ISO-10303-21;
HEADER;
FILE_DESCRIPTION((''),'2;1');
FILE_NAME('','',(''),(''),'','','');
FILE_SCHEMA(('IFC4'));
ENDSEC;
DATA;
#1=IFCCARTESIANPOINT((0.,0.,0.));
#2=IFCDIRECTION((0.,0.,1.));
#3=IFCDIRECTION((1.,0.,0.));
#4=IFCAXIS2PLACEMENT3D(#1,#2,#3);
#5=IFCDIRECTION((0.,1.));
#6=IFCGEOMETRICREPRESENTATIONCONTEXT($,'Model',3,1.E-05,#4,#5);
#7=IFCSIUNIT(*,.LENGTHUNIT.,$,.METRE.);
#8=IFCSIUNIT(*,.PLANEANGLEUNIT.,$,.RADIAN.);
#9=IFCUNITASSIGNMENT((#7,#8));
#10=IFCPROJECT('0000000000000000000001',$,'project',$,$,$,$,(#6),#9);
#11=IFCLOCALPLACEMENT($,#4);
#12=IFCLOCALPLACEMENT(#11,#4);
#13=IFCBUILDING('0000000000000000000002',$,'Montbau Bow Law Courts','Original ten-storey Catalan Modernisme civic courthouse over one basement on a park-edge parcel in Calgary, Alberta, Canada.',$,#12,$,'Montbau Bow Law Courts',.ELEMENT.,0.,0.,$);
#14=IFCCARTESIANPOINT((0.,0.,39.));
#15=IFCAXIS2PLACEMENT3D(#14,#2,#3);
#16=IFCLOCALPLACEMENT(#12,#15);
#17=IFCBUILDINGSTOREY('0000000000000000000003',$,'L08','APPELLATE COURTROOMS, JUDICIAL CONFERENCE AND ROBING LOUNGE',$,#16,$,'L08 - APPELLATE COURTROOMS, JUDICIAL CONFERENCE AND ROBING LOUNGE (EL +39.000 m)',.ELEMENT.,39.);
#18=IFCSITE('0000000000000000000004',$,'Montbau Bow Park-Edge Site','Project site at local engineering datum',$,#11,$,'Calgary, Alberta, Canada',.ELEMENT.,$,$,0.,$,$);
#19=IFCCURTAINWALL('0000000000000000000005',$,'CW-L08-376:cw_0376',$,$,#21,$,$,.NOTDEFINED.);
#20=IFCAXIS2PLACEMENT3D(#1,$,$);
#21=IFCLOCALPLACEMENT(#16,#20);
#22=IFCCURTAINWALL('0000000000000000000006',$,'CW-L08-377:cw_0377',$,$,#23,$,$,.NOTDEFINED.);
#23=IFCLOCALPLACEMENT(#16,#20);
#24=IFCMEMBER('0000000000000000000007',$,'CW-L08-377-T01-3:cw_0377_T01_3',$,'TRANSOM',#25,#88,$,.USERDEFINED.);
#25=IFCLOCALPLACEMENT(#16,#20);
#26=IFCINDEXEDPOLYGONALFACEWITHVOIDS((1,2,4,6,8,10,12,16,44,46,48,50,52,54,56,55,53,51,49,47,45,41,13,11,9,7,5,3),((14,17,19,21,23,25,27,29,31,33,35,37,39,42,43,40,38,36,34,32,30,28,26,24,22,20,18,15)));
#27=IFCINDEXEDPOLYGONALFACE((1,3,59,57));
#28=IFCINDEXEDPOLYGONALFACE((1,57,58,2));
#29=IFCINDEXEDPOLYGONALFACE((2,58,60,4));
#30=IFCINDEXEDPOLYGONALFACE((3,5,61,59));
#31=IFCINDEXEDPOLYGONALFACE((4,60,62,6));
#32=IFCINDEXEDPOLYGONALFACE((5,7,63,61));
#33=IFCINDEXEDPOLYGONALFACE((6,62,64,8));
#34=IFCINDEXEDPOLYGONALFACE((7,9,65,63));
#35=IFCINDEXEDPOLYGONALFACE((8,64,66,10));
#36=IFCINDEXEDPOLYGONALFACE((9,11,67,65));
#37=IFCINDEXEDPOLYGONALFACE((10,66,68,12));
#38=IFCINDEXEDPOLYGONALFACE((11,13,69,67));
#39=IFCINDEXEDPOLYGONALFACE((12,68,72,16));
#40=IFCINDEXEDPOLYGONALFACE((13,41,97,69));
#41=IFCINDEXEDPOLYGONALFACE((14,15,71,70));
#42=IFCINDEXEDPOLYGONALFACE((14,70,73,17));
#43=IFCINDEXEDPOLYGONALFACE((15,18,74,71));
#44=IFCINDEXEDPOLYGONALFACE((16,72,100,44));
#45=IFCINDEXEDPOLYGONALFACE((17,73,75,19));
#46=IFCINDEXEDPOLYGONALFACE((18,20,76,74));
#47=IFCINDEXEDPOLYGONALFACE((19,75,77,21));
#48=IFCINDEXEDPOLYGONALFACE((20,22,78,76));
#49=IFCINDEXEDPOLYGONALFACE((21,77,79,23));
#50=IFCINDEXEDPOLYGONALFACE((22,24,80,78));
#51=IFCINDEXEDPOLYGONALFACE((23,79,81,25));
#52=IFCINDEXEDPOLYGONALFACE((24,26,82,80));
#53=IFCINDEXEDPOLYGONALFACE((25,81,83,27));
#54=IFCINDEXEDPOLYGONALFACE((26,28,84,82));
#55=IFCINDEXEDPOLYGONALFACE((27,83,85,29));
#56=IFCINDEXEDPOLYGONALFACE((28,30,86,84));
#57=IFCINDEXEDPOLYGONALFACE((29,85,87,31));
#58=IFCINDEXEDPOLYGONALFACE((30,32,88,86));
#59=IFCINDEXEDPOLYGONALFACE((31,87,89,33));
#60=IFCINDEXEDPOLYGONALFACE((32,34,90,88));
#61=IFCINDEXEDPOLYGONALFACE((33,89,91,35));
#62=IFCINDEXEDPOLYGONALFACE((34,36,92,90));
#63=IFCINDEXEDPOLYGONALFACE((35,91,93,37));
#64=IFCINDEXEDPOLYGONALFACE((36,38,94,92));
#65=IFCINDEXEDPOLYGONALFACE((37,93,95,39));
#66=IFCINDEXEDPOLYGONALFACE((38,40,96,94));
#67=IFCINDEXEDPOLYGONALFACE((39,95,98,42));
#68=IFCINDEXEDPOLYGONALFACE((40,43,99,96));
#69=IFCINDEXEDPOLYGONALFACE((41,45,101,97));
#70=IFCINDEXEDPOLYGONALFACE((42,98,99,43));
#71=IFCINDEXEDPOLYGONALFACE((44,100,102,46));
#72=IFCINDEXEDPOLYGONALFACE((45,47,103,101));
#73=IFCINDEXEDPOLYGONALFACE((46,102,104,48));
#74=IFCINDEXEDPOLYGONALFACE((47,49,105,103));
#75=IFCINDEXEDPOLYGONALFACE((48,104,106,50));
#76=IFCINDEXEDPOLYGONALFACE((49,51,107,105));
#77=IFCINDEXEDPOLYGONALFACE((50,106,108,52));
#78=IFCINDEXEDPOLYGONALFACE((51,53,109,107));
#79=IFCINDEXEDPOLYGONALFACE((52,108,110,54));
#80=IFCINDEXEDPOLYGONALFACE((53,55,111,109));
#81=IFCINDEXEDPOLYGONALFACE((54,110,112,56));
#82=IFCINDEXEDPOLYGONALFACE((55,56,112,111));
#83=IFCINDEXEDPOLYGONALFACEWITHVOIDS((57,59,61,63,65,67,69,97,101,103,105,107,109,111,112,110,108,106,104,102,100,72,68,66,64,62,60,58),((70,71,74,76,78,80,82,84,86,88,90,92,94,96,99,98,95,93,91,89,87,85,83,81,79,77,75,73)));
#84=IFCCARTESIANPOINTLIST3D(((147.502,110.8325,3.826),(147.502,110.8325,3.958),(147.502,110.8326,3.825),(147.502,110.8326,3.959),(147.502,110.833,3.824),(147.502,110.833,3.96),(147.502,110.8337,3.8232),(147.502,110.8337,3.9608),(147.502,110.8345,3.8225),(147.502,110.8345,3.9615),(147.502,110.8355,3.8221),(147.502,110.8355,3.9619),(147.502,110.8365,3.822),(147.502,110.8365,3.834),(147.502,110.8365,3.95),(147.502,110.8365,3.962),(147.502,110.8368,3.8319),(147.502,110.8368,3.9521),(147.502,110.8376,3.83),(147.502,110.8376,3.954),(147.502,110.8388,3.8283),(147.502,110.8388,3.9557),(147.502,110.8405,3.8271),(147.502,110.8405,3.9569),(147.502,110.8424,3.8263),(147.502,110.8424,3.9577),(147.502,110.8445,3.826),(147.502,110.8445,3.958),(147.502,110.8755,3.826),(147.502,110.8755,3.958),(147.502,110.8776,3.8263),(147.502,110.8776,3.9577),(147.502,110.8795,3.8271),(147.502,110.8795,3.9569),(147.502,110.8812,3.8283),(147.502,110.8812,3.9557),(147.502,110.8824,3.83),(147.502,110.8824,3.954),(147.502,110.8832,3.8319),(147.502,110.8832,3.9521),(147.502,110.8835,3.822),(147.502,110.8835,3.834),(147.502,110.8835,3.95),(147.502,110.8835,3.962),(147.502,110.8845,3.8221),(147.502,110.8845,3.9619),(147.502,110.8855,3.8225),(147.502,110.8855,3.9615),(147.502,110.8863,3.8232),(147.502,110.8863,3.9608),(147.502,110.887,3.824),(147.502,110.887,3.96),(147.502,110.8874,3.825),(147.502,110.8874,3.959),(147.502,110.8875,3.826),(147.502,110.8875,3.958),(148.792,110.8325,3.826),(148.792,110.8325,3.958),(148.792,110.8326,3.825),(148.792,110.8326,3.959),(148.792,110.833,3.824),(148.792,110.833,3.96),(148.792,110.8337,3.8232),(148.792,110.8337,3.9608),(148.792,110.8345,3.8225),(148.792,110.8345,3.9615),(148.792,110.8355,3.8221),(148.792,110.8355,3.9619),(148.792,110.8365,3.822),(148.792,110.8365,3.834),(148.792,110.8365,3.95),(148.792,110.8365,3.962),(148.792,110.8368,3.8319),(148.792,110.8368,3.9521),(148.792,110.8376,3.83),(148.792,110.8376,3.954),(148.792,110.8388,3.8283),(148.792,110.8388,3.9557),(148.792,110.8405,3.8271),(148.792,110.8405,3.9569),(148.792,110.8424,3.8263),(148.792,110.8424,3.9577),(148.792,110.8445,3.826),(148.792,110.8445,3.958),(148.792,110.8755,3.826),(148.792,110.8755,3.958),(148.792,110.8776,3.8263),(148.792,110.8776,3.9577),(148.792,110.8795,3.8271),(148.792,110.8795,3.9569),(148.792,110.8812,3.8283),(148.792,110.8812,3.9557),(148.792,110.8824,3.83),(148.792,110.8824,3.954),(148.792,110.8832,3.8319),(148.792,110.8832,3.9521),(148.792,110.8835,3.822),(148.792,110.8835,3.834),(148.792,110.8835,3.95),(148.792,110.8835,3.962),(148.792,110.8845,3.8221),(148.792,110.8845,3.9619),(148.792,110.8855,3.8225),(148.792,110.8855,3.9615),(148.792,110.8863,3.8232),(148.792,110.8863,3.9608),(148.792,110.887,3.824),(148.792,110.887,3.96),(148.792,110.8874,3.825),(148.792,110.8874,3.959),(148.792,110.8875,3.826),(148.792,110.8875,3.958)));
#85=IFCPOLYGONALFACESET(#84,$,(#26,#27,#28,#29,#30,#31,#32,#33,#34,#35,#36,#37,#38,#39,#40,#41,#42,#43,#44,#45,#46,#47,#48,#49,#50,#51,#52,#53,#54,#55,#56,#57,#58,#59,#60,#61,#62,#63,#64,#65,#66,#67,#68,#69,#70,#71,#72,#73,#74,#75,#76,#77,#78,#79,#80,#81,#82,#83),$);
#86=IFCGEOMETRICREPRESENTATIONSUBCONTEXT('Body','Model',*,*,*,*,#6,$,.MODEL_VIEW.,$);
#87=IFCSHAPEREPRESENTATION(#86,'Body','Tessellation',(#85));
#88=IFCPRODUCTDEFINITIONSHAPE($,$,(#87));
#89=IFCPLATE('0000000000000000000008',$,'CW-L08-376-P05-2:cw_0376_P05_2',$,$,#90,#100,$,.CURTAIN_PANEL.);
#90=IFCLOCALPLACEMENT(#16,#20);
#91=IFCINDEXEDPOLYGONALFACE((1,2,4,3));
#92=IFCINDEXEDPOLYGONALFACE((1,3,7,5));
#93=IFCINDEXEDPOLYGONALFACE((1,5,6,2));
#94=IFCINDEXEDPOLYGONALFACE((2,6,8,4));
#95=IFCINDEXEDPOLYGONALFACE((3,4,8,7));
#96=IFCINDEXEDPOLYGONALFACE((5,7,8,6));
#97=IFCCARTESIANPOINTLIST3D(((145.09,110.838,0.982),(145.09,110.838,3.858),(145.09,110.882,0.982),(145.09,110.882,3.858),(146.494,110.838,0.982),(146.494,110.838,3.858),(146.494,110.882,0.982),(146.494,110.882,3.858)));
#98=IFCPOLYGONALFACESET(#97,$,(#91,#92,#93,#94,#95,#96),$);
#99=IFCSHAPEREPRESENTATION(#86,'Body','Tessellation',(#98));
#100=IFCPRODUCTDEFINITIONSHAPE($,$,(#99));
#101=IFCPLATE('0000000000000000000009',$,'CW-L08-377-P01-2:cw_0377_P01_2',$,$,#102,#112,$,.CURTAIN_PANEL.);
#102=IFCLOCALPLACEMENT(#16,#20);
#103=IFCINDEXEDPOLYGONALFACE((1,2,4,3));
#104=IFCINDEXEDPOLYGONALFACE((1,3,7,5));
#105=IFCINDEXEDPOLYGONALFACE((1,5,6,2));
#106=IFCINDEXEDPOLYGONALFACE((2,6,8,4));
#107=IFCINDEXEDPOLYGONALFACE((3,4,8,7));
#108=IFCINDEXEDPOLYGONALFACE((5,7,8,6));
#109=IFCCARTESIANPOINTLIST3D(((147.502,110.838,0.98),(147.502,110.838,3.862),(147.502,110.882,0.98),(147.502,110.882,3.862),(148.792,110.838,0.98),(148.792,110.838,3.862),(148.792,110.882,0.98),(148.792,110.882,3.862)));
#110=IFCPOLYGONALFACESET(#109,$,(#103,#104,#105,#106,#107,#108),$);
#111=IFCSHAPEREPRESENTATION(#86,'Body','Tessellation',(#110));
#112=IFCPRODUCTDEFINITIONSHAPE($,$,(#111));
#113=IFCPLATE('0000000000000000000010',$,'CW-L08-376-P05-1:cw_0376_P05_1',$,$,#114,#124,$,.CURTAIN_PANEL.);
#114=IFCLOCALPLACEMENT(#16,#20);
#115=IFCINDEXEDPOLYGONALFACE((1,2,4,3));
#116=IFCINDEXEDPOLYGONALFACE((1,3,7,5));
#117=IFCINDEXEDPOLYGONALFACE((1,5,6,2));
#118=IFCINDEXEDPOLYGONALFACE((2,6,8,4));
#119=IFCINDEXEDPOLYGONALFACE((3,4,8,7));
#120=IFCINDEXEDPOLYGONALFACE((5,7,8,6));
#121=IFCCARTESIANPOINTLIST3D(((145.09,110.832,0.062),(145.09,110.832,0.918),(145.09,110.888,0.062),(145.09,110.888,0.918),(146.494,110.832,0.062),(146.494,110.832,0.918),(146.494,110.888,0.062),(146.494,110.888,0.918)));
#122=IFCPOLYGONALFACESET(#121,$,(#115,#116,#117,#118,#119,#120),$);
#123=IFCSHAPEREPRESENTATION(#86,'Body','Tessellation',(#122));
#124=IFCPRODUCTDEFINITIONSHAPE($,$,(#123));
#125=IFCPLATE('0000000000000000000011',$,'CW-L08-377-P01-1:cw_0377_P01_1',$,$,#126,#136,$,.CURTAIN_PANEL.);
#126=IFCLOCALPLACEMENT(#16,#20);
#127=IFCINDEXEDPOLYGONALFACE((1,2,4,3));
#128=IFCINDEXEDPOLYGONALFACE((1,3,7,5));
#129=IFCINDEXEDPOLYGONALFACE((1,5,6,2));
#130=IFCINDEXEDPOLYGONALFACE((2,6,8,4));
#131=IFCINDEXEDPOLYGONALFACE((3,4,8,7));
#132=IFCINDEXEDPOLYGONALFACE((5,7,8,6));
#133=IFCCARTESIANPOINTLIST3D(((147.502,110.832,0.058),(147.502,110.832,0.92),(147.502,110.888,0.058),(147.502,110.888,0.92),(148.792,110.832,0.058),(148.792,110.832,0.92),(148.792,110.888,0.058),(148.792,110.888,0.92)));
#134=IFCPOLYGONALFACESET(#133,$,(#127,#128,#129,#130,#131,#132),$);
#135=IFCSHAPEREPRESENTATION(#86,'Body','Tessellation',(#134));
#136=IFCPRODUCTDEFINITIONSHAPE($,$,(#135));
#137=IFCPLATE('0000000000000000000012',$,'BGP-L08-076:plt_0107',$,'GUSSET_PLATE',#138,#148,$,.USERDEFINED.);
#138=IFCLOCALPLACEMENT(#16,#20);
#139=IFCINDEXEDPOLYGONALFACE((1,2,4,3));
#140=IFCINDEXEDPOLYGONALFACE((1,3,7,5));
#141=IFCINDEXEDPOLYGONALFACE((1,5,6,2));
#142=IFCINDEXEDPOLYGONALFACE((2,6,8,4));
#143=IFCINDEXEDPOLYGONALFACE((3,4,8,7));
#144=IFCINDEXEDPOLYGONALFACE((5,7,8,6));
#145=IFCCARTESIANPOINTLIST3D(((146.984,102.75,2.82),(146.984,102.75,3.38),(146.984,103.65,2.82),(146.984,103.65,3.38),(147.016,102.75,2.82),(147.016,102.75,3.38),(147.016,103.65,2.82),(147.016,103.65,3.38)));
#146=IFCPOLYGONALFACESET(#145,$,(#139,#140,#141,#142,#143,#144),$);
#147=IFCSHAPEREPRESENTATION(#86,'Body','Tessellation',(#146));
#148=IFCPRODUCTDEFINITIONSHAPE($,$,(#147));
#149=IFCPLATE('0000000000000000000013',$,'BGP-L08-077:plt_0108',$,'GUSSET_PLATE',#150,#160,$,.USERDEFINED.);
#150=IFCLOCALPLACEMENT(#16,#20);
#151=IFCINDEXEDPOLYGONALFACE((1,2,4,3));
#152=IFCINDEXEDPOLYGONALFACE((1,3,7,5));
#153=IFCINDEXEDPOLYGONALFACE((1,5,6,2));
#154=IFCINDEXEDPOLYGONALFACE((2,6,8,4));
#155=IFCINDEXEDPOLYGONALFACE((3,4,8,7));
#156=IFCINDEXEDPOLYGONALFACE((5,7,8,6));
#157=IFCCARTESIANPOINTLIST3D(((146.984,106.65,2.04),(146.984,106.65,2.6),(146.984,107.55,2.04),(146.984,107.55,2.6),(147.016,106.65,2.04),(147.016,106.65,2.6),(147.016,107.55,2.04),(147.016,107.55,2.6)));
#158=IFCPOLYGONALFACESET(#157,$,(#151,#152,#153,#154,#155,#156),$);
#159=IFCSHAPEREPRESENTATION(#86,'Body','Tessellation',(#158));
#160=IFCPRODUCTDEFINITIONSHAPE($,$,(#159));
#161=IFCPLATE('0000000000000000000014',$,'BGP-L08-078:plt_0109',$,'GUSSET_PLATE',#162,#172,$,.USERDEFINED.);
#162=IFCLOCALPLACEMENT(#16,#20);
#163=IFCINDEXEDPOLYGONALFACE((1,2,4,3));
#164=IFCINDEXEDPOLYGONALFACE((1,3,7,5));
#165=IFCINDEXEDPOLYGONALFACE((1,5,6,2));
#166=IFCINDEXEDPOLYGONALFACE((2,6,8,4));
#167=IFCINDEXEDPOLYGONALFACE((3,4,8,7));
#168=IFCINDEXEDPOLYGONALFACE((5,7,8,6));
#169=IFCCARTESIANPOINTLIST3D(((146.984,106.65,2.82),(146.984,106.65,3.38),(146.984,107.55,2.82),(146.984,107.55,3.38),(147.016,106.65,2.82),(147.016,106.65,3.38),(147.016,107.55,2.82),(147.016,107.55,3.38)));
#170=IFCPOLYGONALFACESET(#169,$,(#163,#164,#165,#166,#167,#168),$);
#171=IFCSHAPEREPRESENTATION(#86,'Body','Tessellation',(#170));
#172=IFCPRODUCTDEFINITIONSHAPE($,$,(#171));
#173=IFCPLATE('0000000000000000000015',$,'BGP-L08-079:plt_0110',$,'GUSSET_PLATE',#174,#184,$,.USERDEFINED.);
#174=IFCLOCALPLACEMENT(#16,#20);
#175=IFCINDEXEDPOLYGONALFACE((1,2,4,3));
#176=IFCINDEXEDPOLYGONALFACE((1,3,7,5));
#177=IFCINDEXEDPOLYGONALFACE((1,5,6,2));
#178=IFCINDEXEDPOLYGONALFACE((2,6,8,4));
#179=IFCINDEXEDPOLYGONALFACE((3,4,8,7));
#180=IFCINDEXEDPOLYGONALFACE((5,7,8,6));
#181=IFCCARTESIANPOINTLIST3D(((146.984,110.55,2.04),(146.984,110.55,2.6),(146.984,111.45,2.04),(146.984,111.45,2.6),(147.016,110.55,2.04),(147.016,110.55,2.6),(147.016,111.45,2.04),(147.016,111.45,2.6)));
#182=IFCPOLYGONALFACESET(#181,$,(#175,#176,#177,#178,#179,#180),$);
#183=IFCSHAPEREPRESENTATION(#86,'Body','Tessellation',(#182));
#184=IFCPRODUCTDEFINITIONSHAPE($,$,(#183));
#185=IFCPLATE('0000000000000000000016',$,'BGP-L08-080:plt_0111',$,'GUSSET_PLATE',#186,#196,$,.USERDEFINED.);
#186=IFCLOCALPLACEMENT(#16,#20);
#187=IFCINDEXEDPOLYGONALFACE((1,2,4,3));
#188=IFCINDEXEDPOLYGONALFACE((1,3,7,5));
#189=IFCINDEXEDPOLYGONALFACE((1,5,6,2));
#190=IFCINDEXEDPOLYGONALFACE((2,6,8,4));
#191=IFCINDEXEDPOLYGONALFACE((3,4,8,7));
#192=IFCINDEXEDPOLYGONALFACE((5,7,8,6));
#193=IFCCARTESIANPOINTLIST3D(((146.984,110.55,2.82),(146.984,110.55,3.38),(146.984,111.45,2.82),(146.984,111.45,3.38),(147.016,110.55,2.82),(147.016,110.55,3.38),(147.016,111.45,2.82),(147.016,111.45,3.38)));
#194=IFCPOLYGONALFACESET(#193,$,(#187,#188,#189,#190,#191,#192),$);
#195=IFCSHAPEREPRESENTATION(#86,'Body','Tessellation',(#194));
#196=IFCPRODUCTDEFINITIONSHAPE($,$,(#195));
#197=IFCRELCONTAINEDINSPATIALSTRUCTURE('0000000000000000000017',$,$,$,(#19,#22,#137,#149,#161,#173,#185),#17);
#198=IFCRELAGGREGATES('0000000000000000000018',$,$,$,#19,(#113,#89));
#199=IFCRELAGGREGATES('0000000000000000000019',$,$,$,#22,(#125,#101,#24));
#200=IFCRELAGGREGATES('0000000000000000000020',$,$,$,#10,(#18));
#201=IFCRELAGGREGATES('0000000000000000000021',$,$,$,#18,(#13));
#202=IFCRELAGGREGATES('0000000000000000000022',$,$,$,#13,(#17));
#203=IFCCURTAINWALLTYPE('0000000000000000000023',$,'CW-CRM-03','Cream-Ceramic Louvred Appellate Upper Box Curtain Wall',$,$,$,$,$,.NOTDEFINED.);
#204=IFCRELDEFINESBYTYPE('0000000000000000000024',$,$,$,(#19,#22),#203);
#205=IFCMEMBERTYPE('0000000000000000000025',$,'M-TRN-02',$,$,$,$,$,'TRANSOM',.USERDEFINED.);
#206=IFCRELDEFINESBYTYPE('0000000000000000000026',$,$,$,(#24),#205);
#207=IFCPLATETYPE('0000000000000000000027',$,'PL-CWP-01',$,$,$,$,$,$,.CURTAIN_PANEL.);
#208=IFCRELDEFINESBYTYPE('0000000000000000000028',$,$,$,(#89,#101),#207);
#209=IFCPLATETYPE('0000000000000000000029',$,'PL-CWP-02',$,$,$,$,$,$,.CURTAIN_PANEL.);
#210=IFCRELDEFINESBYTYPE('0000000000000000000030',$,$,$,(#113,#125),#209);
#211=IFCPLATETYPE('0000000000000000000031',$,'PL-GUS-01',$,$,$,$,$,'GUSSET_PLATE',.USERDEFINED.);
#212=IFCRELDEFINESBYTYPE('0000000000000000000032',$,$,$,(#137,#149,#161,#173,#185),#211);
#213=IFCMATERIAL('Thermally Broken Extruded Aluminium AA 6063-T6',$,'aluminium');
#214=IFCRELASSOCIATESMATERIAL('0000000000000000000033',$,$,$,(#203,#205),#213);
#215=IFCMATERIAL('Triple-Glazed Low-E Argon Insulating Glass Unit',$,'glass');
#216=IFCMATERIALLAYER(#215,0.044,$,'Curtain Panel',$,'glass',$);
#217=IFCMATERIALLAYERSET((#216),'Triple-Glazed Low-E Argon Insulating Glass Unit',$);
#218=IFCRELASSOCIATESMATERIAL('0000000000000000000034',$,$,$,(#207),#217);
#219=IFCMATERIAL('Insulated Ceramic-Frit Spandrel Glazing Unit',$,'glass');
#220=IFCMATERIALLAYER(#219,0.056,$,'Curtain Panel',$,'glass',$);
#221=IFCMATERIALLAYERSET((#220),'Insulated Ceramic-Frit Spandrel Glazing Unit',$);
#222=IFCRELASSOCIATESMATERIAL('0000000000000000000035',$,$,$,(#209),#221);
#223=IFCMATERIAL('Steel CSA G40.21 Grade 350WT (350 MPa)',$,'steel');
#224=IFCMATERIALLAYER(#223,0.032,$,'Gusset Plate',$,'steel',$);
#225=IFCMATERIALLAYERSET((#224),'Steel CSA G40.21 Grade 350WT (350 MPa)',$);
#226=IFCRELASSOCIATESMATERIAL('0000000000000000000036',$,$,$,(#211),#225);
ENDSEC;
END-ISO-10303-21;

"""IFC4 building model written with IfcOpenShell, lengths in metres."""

from ifc_helpers import new_model, si_unit, direction, frame, frame_2d, origin_with_axes, origin_2d_with_axis, place, context, subcontext, project, spatial, rectangle, hollow_rectangle, extrude, material, layer, layer_set, material_profile, profile_set, type_object, element, aggregate, save


model = new_model("IFC4")

# Units and contexts
model_context = context("Model", 3, precision=1e-05, world=origin_with_axes(), true_north=direction((0.0, 1.0)))
body_context = subcontext(model_context, "Body", "Model", "MODEL_VIEW")
ifc_project = project(units=[si_unit("LENGTHUNIT", "METRE"), si_unit("PLANEANGLEUNIT", "RADIAN")], contexts=[model_context])

# Site, building, storey
site_placement = place(None, origin_with_axes())
site = spatial("IfcSite", under=ifc_project, at=site_placement, Name="Montbau Bow Park-Edge Site", Description="Project site at local engineering datum", LongName="Calgary, Alberta, Canada", CompositionType="ELEMENT", RefElevation=0.0)
building_placement = place(site_placement, origin_with_axes())
building = spatial("IfcBuilding", under=site, at=building_placement, Name="Montbau Bow Law Courts", Description="Original ten-storey Catalan Modernisme civic courthouse over one basement on a park-edge parcel in Calgary, Alberta, Canada.", LongName="Montbau Bow Law Courts", CompositionType="ELEMENT", ElevationOfRefHeight=0.0, ElevationOfTerrain=0.0)
storey_placement = place(building_placement, frame((0.0, 0.0, 39.0), z_axis=(0.0, 0.0, 1.0), x_axis=(1.0, 0.0, 0.0)))
storey = spatial("IfcBuildingStorey", under=building, at=storey_placement, Name="L08", Description="APPELLATE COURTROOMS, JUDICIAL CONFERENCE AND ROBING LOUNGE", LongName="L08 - APPELLATE COURTROOMS, JUDICIAL CONFERENCE AND ROBING LOUNGE (EL +39.000 m)", CompositionType="ELEMENT", Elevation=39.0)

# Shared definitions
ifc_material_1 = material(Name="Steel CSA G40.21 Grade 350WT (350 MPa)", Category="steel")

# Curtain wall
ifc_material_2 = material(Name="Thermally Broken Extruded Aluminium AA 6063-T6", Category="aluminium")
curtain_wall_type = type_object("IfcCurtainWallType", Name="CW-CRM-03", Description="Cream-Ceramic Louvred Appellate Upper Box Curtain Wall", PredefinedType="NOTDEFINED", material=ifc_material_2)
curtain_wall_1_placement = place(None, frame((139.04, 110.86, 39.0), z_axis=(0.0, 0.0, 1.0), x_axis=(1.0, 0.0, 0.0)))
curtain_wall_1 = element("IfcCurtainWall", 1, at=curtain_wall_1_placement, inside=storey, type_object=curtain_wall_type, Name="CW-L08-376:cw_0376", PredefinedType="NOTDEFINED")

# Curtain wall
curtain_wall_2_placement = place(None, frame((147.44, 110.86, 39.0), z_axis=(0.0, 0.0, 1.0), x_axis=(1.0, 0.0, 0.0)))
curtain_wall_2 = element("IfcCurtainWall", 2, at=curtain_wall_2_placement, inside=storey, type_object=curtain_wall_type, Name="CW-L08-377:cw_0377", PredefinedType="NOTDEFINED")

# Member
ifc_material_profile_1 = material_profile(ifc_material_2, hollow_rectangle(XDim=0.055, YDim=0.14, WallThickness=0.004, InnerFilletRadius=0.008, OuterFilletRadius=0.004, at=origin_2d_with_axis()), Name="CWT-140X55", Category="Main", Priority=0)
ifc_profile_set_1 = profile_set([ifc_material_profile_1], Name="Thermally Broken Extruded Aluminium AA 6063-T6")
member_type_1 = type_object("IfcMemberType", Name="M-TRN-02", ElementType="TRANSOM", PredefinedType="USERDEFINED", material=ifc_profile_set_1)
member_1_placement = place(None, frame((147.502, 110.86, 42.892), z_axis=(1.0, 0.0, 0.0), x_axis=(0.0, 1.0, 0.0)))
member_1 = element("IfcMember", 3, at=member_1_placement, type_object=member_type_1, Name="CW-L08-377-T01-3:cw_0377_T01_3", ObjectType="TRANSOM", PredefinedType="USERDEFINED", context=body_context, shape_type="SweptSolid", body=[
    extrude(hollow_rectangle(XDim=0.055, YDim=0.14, WallThickness=0.004, InnerFilletRadius=0.008, OuterFilletRadius=0.004, at=origin_2d_with_axis()), origin_with_axes(), (0.0, 0.0, 1.0), 1.29),
])

# Plates
ifc_material_3 = material(Name="Triple-Glazed Low-E Argon Insulating Glass Unit", Category="glass")
ifc_layer_1 = layer(ifc_material_3, 0.044, Name="Curtain Panel", Category="glass")
ifc_layer_set_1 = layer_set([ifc_layer_1], Name="Triple-Glazed Low-E Argon Insulating Glass Unit")
plate_type_1 = type_object("IfcPlateType", Name="PL-CWP-01", PredefinedType="CURTAIN_PANEL", material=ifc_layer_set_1)
plate_1_placement = place(None, frame((145.09, 110.86, 39.982), z_axis=(0.0, -1.0, 0.0), x_axis=(1.0, 0.0, 0.0)))
plate_1 = element("IfcPlate", 4, at=plate_1_placement, type_object=plate_type_1, Name="CW-L08-376-P05-2:cw_0376_P05_2", PredefinedType="CURTAIN_PANEL", context=body_context, shape_type="SweptSolid", body=[
    extrude(rectangle(XDim=1.404, YDim=2.876, at=frame_2d((0.702, 1.438), x_axis=(1.0, 0.0))), frame((0.0, 0.0, -0.022), z_axis=(0.0, 0.0, 1.0), x_axis=(1.0, 0.0, 0.0)), (0.0, 0.0, 1.0), 0.044),
])
plate_2_placement = place(None, frame((147.502, 110.86, 39.98), z_axis=(0.0, -1.0, 0.0), x_axis=(1.0, 0.0, 0.0)))
plate_2 = element("IfcPlate", 5, at=plate_2_placement, type_object=plate_type_1, Name="CW-L08-377-P01-2:cw_0377_P01_2", PredefinedType="CURTAIN_PANEL", context=body_context, shape_type="SweptSolid", body=[
    extrude(rectangle(XDim=1.29, YDim=2.882, at=frame_2d((0.645, 1.441), x_axis=(1.0, 0.0))), frame((0.0, 0.0, -0.022), z_axis=(0.0, 0.0, 1.0), x_axis=(1.0, 0.0, 0.0)), (0.0, 0.0, 1.0), 0.044),
])
ifc_material_4 = material(Name="Insulated Ceramic-Frit Spandrel Glazing Unit", Category="glass")
ifc_layer_2 = layer(ifc_material_4, 0.056, Name="Curtain Panel", Category="glass")
ifc_layer_set_2 = layer_set([ifc_layer_2], Name="Insulated Ceramic-Frit Spandrel Glazing Unit")
plate_type_2 = type_object("IfcPlateType", Name="PL-CWP-02", PredefinedType="CURTAIN_PANEL", material=ifc_layer_set_2)
plate_3_placement = place(None, frame((145.09, 110.86, 39.062), z_axis=(0.0, -1.0, 0.0), x_axis=(1.0, 0.0, 0.0)))
plate_3 = element("IfcPlate", 6, at=plate_3_placement, type_object=plate_type_2, Name="CW-L08-376-P05-1:cw_0376_P05_1", PredefinedType="CURTAIN_PANEL", context=body_context, shape_type="SweptSolid", body=[
    extrude(rectangle(XDim=1.404, YDim=0.856, at=frame_2d((0.702, 0.428), x_axis=(1.0, 0.0))), frame((0.0, 0.0, -0.028), z_axis=(0.0, 0.0, 1.0), x_axis=(1.0, 0.0, 0.0)), (0.0, 0.0, 1.0), 0.056),
])
aggregate(curtain_wall_1, [plate_3, plate_1])
plate_4_placement = place(None, frame((147.502, 110.86, 39.058), z_axis=(0.0, -1.0, 0.0), x_axis=(1.0, 0.0, 0.0)))
plate_4 = element("IfcPlate", 7, at=plate_4_placement, type_object=plate_type_2, Name="CW-L08-377-P01-1:cw_0377_P01_1", PredefinedType="CURTAIN_PANEL", context=body_context, shape_type="SweptSolid", body=[
    extrude(rectangle(XDim=1.29, YDim=0.862, at=frame_2d((0.645, 0.431), x_axis=(1.0, 0.0))), frame((0.0, 0.0, -0.028), z_axis=(0.0, 0.0, 1.0), x_axis=(1.0, 0.0, 0.0)), (0.0, 0.0, 1.0), 0.056),
])
aggregate(curtain_wall_2, [plate_4, plate_2, member_1])

# Plates
ifc_layer_3 = layer(ifc_material_1, 0.032, Name="Gusset Plate", Category="steel")
ifc_layer_set_3 = layer_set([ifc_layer_3], Name="Steel CSA G40.21 Grade 350WT (350 MPa)")
plate_type_3 = type_object("IfcPlateType", Name="PL-GUS-01", ElementType="GUSSET_PLATE", PredefinedType="USERDEFINED", material=ifc_layer_set_3)
for number, where, z_axis, x_axis, name in (
    (8, (147.0, 103.2, 41.82), (0.0, 0.0, 1.0), (0.0, 1.0, 0.0), "BGP-L08-076:plt_0107"),
    (9, (147.0, 107.1, 41.04), (0.0, 0.0, 1.0), (0.0, 1.0, 0.0), "BGP-L08-077:plt_0108"),
    (10, (147.0, 107.1, 41.82), (0.0, 0.0, 1.0), (0.0, 1.0, 0.0), "BGP-L08-078:plt_0109"),
    (11, (147.0, 111.0, 41.04), (0.0, 0.0, 1.0), (0.0, 1.0, 0.0), "BGP-L08-079:plt_0110"),
    (12, (147.0, 111.0, 41.82), (0.0, 0.0, 1.0), (0.0, 1.0, 0.0), "BGP-L08-080:plt_0111"),
):
    element("IfcPlate", number, at=place(None, frame(where, z_axis=z_axis, x_axis=x_axis)), inside=storey, type_object=plate_type_3, Name=name, ObjectType="GUSSET_PLATE", PredefinedType="USERDEFINED", context=body_context, shape_type="SweptSolid", body=[
        extrude(rectangle(XDim=0.9, YDim=0.032, at=origin_2d_with_axis()), origin_with_axes(), (0.0, 0.0, 1.0), 0.56),
    ])

save(model, "model.ifc")
